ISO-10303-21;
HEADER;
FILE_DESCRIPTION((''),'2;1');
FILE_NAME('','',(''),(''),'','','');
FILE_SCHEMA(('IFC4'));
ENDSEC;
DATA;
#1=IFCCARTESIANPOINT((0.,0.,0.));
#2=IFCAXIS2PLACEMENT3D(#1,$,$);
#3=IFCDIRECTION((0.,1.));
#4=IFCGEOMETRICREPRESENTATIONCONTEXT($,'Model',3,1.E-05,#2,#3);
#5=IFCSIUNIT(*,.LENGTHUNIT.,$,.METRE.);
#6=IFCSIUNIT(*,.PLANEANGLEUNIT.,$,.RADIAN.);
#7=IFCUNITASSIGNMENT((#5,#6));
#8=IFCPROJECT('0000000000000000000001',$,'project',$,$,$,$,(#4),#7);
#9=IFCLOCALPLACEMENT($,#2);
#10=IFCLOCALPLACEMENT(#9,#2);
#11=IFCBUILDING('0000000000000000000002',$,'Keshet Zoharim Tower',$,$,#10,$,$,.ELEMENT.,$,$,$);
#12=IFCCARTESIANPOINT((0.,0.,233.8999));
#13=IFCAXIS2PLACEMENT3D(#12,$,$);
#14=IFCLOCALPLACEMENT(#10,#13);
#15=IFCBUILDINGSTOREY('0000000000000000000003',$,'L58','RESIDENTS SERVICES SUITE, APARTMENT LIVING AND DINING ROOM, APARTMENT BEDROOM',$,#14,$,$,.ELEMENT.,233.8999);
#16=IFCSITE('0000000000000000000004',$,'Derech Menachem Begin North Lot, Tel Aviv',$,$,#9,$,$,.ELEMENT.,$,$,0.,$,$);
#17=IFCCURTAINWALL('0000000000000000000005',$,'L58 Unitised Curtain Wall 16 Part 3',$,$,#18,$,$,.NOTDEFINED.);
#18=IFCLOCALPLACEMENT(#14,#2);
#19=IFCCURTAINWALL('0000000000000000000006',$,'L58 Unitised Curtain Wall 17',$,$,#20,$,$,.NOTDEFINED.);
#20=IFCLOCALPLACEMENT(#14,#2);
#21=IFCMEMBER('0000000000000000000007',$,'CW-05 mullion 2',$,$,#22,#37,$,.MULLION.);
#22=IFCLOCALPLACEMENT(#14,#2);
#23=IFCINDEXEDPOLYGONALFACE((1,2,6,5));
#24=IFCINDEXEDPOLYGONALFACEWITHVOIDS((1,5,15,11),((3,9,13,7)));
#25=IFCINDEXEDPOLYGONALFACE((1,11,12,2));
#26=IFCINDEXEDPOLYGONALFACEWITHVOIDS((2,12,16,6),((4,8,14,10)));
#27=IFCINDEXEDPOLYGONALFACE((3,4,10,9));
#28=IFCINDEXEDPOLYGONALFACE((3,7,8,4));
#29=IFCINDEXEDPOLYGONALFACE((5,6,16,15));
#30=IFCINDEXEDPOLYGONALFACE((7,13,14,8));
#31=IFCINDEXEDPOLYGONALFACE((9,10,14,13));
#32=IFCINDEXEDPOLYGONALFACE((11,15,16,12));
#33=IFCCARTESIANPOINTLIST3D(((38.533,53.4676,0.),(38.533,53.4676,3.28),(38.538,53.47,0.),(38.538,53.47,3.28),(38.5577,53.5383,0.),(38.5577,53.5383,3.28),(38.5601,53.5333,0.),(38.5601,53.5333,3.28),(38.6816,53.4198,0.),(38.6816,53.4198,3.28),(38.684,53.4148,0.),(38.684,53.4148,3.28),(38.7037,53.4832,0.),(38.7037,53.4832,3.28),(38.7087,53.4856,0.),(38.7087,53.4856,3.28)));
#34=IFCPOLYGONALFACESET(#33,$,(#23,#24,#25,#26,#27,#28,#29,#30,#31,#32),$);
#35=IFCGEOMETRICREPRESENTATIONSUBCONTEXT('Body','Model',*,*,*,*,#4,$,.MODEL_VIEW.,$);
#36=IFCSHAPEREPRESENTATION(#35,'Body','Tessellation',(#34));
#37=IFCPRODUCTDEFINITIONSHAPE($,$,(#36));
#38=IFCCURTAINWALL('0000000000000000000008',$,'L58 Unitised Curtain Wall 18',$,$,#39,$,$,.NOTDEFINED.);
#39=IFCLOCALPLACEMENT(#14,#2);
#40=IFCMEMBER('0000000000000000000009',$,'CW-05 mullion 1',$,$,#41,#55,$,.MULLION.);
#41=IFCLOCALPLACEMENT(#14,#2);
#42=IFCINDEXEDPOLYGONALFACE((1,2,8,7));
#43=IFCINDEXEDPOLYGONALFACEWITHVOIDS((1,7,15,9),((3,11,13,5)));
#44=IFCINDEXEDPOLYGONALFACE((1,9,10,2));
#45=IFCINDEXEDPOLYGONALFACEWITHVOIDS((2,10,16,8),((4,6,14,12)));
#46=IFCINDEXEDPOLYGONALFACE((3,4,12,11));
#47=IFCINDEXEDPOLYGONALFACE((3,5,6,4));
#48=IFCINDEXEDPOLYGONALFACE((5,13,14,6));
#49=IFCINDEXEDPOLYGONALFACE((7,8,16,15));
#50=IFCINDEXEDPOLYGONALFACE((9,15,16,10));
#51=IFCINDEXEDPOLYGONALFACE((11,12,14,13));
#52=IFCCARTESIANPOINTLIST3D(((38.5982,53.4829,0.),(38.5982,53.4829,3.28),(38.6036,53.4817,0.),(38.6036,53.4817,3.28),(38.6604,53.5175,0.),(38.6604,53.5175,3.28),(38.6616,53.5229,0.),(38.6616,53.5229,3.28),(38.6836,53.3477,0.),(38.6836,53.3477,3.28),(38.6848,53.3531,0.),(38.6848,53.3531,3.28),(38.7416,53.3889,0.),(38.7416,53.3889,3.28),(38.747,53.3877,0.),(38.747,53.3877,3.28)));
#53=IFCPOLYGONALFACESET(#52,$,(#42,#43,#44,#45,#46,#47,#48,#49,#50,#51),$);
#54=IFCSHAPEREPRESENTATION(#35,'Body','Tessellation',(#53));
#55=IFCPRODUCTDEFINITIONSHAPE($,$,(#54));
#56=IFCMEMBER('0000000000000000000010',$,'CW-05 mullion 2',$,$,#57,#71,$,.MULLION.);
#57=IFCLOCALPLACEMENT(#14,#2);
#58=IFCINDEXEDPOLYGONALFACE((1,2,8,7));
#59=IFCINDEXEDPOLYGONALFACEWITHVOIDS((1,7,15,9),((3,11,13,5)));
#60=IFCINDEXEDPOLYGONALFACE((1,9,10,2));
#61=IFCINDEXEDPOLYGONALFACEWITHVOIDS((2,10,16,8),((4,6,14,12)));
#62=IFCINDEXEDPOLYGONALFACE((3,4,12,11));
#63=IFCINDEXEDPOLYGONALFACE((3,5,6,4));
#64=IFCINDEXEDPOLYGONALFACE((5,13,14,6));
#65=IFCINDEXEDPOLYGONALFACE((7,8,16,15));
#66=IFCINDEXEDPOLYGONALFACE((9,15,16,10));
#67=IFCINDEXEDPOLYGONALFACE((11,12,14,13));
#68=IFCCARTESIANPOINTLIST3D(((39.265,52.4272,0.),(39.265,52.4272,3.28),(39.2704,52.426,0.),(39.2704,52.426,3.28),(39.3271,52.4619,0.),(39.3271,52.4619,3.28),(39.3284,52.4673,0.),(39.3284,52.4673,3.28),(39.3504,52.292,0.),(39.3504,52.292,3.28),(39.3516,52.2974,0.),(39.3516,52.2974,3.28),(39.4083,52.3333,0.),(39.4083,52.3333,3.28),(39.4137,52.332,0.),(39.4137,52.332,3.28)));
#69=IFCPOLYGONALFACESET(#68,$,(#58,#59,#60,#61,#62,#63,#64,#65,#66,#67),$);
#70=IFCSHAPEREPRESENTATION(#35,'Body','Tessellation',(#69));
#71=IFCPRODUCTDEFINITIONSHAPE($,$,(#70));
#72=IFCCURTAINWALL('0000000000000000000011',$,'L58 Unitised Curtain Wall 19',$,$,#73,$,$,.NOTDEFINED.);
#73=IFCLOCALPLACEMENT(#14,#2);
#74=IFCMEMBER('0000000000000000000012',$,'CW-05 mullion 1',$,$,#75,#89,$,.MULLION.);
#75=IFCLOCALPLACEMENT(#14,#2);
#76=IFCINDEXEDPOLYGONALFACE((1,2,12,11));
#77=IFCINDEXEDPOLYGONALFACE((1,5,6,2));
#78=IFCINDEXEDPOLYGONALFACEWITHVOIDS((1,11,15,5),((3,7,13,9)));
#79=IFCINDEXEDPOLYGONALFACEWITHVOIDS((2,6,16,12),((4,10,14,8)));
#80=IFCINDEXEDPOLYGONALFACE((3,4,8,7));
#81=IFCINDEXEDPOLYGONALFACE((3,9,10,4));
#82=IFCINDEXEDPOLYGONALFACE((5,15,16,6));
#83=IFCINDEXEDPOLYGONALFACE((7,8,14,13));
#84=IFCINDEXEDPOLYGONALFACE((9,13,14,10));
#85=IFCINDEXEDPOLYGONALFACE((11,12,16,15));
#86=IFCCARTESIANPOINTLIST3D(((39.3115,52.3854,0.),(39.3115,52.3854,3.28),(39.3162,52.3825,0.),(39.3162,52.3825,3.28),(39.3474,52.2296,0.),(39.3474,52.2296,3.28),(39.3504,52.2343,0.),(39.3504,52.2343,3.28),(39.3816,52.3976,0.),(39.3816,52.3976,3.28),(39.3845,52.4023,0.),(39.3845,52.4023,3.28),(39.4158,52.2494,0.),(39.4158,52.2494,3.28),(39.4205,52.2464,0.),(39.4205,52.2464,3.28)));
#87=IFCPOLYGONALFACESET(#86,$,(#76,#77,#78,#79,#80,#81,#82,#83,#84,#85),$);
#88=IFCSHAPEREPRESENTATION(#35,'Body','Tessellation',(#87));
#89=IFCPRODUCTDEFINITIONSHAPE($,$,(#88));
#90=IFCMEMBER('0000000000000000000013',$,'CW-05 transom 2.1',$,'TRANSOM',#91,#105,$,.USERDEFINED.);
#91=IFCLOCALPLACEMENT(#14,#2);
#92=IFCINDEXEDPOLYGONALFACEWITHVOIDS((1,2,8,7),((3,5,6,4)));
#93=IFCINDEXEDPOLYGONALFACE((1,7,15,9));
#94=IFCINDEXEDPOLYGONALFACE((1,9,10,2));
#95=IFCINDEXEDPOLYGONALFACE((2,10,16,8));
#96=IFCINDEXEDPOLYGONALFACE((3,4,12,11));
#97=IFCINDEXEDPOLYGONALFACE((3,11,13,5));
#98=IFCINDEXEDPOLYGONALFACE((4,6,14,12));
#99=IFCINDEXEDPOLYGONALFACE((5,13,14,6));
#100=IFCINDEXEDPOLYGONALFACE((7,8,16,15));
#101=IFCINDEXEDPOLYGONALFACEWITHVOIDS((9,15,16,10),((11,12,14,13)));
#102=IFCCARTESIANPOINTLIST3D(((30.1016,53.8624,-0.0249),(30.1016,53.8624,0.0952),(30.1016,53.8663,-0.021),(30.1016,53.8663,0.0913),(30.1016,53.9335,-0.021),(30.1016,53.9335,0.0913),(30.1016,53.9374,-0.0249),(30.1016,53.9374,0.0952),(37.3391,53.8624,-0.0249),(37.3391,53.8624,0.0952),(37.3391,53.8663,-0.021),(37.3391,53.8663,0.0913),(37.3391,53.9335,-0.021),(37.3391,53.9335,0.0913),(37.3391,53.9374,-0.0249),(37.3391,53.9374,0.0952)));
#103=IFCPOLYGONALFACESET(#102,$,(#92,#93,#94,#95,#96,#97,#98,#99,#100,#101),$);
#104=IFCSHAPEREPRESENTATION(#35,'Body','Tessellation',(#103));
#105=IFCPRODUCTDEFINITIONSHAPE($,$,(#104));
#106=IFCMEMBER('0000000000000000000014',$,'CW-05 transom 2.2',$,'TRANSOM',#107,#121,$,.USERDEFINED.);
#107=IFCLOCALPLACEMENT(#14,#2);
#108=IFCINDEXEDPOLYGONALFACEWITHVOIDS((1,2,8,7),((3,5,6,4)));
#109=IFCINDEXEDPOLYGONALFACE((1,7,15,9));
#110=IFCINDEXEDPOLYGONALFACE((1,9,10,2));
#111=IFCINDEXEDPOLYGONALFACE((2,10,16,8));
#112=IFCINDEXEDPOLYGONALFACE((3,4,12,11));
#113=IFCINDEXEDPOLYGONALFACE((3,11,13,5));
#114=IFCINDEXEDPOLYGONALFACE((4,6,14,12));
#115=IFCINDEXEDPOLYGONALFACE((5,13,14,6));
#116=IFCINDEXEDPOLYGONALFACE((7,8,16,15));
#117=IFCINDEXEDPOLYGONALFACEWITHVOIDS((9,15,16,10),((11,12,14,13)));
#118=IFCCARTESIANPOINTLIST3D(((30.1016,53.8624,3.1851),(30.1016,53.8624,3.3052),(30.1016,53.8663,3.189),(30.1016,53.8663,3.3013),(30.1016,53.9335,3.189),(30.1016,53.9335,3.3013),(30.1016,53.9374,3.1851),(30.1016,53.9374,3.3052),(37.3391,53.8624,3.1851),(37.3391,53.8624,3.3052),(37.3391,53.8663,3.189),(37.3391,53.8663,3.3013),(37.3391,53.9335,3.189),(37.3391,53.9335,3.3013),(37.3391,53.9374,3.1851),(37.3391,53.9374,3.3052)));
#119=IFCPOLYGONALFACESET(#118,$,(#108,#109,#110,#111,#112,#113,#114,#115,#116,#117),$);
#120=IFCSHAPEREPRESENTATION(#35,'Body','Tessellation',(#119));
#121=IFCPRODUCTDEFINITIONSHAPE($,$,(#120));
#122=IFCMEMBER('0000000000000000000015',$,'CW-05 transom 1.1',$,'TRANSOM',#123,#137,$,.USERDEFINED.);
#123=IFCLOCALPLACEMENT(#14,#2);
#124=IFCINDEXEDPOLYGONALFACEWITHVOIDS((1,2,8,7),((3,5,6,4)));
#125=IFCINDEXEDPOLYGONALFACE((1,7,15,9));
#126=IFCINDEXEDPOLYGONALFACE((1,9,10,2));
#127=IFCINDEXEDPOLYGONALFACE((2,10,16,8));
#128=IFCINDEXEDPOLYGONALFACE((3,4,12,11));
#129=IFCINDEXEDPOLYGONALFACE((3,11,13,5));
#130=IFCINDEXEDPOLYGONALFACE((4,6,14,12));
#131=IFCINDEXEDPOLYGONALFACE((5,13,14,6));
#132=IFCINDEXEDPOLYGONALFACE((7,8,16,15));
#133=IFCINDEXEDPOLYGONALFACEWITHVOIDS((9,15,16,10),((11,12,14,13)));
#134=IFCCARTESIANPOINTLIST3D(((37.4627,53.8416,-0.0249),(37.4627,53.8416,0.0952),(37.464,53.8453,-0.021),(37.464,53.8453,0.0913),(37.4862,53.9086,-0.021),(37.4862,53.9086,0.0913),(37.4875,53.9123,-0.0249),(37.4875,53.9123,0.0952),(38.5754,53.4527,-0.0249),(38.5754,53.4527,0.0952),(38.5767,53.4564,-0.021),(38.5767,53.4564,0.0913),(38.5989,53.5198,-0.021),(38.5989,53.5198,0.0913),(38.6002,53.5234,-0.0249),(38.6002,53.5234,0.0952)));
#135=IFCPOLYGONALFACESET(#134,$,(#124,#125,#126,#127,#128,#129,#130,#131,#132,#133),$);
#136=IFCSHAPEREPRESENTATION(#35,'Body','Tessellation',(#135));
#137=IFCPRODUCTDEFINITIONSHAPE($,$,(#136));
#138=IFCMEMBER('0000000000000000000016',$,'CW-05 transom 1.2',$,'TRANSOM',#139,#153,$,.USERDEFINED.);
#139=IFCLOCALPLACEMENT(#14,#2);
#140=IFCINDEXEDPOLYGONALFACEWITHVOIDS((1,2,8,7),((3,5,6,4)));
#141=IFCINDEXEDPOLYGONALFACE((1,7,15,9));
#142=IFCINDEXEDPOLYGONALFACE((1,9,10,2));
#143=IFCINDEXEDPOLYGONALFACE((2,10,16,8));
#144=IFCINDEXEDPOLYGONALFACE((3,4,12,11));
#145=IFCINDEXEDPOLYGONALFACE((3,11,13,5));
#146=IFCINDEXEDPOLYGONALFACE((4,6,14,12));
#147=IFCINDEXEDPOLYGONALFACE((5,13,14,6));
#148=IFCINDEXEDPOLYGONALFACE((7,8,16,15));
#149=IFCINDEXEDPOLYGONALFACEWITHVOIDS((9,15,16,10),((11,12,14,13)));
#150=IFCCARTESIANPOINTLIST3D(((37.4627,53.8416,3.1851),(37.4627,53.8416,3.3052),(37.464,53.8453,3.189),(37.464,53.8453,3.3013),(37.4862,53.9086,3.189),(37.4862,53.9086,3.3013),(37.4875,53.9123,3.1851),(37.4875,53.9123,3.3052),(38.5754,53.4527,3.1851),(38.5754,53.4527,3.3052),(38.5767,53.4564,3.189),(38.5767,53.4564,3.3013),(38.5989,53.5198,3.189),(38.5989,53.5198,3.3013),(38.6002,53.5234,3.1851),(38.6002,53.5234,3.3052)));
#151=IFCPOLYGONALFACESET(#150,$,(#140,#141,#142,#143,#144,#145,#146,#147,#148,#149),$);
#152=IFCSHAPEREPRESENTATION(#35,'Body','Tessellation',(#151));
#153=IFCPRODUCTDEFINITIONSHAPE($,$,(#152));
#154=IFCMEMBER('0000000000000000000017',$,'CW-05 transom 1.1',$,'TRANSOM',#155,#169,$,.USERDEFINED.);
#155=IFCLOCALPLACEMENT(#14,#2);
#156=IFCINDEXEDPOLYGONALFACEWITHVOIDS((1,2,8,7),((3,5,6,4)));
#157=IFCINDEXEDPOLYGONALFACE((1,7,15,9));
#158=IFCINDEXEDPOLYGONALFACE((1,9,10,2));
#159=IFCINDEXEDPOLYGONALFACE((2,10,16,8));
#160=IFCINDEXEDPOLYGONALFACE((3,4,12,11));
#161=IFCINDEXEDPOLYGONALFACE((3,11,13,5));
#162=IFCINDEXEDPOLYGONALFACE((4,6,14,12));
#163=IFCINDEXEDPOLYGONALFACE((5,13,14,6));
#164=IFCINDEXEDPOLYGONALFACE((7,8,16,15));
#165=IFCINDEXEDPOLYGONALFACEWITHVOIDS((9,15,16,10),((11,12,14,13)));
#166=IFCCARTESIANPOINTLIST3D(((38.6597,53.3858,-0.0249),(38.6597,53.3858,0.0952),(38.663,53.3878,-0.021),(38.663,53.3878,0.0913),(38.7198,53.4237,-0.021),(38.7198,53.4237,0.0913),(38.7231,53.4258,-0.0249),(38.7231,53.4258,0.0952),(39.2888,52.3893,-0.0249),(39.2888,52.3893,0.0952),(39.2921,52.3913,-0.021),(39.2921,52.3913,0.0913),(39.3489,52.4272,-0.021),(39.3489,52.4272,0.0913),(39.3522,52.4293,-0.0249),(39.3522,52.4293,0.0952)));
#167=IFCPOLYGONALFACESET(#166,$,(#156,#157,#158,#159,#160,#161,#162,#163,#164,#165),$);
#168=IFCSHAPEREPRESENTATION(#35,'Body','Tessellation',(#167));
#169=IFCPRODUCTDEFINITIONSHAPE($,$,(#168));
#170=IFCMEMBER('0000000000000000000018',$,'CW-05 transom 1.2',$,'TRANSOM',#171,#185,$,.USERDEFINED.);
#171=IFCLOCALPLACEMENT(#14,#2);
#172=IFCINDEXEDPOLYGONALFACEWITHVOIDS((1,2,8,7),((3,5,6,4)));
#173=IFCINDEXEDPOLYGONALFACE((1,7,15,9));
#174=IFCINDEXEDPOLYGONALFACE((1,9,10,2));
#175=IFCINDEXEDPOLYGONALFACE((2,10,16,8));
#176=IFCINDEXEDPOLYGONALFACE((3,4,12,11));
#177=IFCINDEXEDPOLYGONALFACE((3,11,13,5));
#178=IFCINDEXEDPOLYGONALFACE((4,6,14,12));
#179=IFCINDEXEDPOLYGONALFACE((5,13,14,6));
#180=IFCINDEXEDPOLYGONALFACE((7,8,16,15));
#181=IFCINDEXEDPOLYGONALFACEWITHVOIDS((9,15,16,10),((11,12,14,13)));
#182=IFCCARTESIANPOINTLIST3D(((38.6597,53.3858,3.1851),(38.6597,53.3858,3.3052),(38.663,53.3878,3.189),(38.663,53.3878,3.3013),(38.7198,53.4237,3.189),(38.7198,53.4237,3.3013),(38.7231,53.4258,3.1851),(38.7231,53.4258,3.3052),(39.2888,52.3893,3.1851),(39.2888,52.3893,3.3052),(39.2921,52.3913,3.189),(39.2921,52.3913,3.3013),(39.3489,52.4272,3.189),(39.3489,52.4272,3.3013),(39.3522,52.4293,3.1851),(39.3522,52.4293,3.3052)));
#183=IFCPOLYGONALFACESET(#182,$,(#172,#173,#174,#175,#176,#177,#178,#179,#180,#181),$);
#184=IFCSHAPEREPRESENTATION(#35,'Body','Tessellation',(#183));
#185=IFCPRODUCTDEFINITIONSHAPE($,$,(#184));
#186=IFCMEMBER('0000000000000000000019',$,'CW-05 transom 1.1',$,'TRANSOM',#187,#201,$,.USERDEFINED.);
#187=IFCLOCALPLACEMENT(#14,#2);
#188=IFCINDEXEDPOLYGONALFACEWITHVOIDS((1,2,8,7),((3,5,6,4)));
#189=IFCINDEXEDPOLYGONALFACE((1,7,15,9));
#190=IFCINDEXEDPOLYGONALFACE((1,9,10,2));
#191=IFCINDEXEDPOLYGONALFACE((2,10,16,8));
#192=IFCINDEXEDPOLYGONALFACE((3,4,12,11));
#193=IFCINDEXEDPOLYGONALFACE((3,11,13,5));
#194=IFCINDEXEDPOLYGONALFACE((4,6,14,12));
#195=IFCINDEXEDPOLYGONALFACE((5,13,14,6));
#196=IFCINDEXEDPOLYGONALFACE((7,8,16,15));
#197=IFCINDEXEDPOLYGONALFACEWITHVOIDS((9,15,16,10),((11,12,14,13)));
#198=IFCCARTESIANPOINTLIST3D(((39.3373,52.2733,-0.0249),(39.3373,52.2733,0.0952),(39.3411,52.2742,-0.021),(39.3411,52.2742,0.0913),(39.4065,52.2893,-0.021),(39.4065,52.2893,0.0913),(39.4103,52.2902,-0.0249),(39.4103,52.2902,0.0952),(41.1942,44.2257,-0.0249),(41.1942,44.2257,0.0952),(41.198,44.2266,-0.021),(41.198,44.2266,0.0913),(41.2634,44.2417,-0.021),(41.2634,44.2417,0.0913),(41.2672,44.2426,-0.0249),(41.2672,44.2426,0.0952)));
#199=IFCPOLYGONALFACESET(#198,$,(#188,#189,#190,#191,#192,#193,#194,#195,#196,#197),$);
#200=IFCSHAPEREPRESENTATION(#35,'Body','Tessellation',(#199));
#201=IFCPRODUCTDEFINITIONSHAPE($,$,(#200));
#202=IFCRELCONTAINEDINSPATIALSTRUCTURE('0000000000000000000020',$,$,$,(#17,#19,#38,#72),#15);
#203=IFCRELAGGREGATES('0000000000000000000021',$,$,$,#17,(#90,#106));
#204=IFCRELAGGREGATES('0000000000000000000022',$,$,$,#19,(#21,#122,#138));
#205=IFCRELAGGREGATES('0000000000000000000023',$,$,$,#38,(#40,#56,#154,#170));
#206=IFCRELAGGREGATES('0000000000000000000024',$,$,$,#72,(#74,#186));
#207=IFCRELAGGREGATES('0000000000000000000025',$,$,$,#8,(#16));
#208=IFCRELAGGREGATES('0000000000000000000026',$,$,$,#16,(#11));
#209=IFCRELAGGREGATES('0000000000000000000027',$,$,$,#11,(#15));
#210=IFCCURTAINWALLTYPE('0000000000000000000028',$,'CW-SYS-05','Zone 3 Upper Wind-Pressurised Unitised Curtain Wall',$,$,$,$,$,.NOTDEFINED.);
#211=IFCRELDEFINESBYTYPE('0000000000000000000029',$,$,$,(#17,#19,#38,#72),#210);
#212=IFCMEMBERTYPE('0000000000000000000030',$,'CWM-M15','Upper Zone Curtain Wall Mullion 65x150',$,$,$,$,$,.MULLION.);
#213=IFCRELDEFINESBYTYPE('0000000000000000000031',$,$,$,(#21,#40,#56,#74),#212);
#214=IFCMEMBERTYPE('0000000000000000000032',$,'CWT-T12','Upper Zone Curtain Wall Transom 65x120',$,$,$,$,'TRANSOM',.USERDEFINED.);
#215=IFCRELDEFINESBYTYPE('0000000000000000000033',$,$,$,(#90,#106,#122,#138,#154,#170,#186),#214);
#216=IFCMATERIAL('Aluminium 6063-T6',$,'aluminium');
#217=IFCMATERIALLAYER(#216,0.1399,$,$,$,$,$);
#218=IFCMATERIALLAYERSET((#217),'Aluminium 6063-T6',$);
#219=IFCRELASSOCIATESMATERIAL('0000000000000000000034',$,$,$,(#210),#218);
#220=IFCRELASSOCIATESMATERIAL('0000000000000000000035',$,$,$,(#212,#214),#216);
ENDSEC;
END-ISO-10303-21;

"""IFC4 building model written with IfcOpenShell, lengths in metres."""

from ifc_helpers import new_model, si_unit, direction, frame, origin, origin_2d, place, context, subcontext, project, spatial, hollow_rectangle, extrude, material, layer, layer_set, material_profile, profile_set, type_object, element, aggregate, save


model = new_model("IFC4")

# Units and contexts
model_context = context("Model", 3, precision=1e-05, world=origin(), true_north=direction((0.0, 1.0)))
body_context = subcontext(model_context, "Body", "Model", "MODEL_VIEW")
ifc_project = project(units=[si_unit("LENGTHUNIT", "METRE"), si_unit("PLANEANGLEUNIT", "RADIAN")], contexts=[model_context])

# Site, building, storey
site_placement = place(None, origin())
site = spatial("IfcSite", under=ifc_project, at=site_placement, Name="Derech Menachem Begin North Lot, Tel Aviv", CompositionType="ELEMENT", RefElevation=0.0)
building_placement = place(site_placement, origin())
building = spatial("IfcBuilding", under=site, at=building_placement, Name="Keshet Zoharim Tower", CompositionType="ELEMENT")
storey_placement = place(building_placement, frame((0.0, 0.0, 233.8999)))
storey = spatial("IfcBuildingStorey", under=building, at=storey_placement, Name="L58", Description="RESIDENTS SERVICES SUITE, APARTMENT LIVING AND DINING ROOM, APARTMENT BEDROOM", CompositionType="ELEMENT", Elevation=233.8999)

# Curtain walls, members
ifc_material_1 = material(Name="Aluminium 6063-T6", Category="aluminium")
ifc_layer_1 = layer(ifc_material_1, 0.1399)
ifc_layer_set_1 = layer_set([ifc_layer_1], Name="Aluminium 6063-T6")
curtain_wall_type = type_object("IfcCurtainWallType", Name="CW-SYS-05", Description="Zone 3 Upper Wind-Pressurised Unitised Curtain Wall", PredefinedType="NOTDEFINED", material=ifc_layer_set_1)
curtain_wall_1_placement = place(storey_placement, origin())
curtain_wall_1 = element("IfcCurtainWall", 1, at=curtain_wall_1_placement, inside=storey, type_object=curtain_wall_type, Name="L58 Unitised Curtain Wall 16 Part 3", PredefinedType="NOTDEFINED")
ifc_material_profile_1 = material_profile(ifc_material_1, hollow_rectangle(XDim=0.075, YDim=0.1599, WallThickness=0.0039, at=origin_2d()), Name="MUL-75x160")
ifc_profile_set_1 = profile_set([ifc_material_profile_1], Name="Aluminium 6063-T6")
member_type_1 = type_object("IfcMemberType", Name="CWM-M15", Description="Upper Zone Curtain Wall Mullion 65x150", PredefinedType="MULLION", material=ifc_profile_set_1)
curtain_wall_2_placement = place(storey_placement, origin())
curtain_wall_2 = element("IfcCurtainWall", 2, at=curtain_wall_2_placement, inside=storey, type_object=curtain_wall_type, Name="L58 Unitised Curtain Wall 17", PredefinedType="NOTDEFINED")
member_1_placement = place(storey_placement, frame((38.6208, 53.4766, 0.0), z_axis=(0.0, 0.0, 1.0), x_axis=(0.329844, 0.944036, 0.0)))
member_1 = element("IfcMember", 3, at=member_1_placement, type_object=member_type_1, Name="CW-05 mullion 2", PredefinedType="MULLION", context=body_context, shape_type="SweptSolid", body=[
    extrude(hollow_rectangle(XDim=0.075, YDim=0.1599, WallThickness=0.0039, at=origin_2d()), origin(), (0.0, 0.0, 1.0), 3.28),
])
curtain_wall_3_placement = place(storey_placement, origin())
curtain_wall_3 = element("IfcCurtainWall", 4, at=curtain_wall_3_placement, inside=storey, type_object=curtain_wall_type, Name="L58 Unitised Curtain Wall 18", PredefinedType="NOTDEFINED")
member_2_placement = place(storey_placement, frame((38.6726, 53.4353, 0.0), z_axis=(0.0, 0.0, 1.0), x_axis=(0.845561, 0.533879, 0.0)))
member_2 = element("IfcMember", 5, at=member_2_placement, type_object=member_type_1, Name="CW-05 mullion 1", PredefinedType="MULLION", context=body_context, shape_type="SweptSolid", body=[
    extrude(hollow_rectangle(XDim=0.075, YDim=0.1599, WallThickness=0.0039, at=origin_2d()), origin(), (0.0, 0.0, 1.0), 3.28),
])
member_3_placement = place(storey_placement, frame((39.3394, 52.3796, 0.0), z_axis=(0.0, 0.0, 1.0), x_axis=(0.845561, 0.533879, 0.0)))
member_3 = element("IfcMember", 6, at=member_3_placement, type_object=member_type_1, Name="CW-05 mullion 2", PredefinedType="MULLION", context=body_context, shape_type="SweptSolid", body=[
    extrude(hollow_rectangle(XDim=0.075, YDim=0.1599, WallThickness=0.0039, at=origin_2d()), origin(), (0.0, 0.0, 1.0), 3.28),
])

# Curtain wall, member
curtain_wall_4_placement = place(storey_placement, origin())
curtain_wall_4 = element("IfcCurtainWall", 7, at=curtain_wall_4_placement, inside=storey, type_object=curtain_wall_type, Name="L58 Unitised Curtain Wall 19", PredefinedType="NOTDEFINED")
member_4_placement = place(storey_placement, frame((39.366, 52.3159, 0.0), z_axis=(0.0, 0.0, 1.0), x_axis=(0.974394, 0.224848, 0.0)))
member_4 = element("IfcMember", 8, at=member_4_placement, type_object=member_type_1, Name="CW-05 mullion 1", PredefinedType="MULLION", context=body_context, shape_type="SweptSolid", body=[
    extrude(hollow_rectangle(XDim=0.075, YDim=0.1599, WallThickness=0.0039, at=origin_2d()), origin(), (0.0, 0.0, 1.0), 3.28),
])

# Members
ifc_material_profile_2 = material_profile(ifc_material_1, hollow_rectangle(XDim=0.075, YDim=0.1201, WallThickness=0.0039, at=origin_2d()), Name="TRN-75x120")
ifc_profile_set_2 = profile_set([ifc_material_profile_2], Name="Aluminium 6063-T6")
member_type_2 = type_object("IfcMemberType", Name="CWT-T12", Description="Upper Zone Curtain Wall Transom 65x120", ElementType="TRANSOM", PredefinedType="USERDEFINED", material=ifc_profile_set_2)
member_5_placement = place(storey_placement, frame((30.1016, 53.8999, 0.0352), z_axis=(1.0, 0.0, 0.0), x_axis=(0.0, 1.0, 0.0)))
member_5 = element("IfcMember", 9, at=member_5_placement, type_object=member_type_2, Name="CW-05 transom 2.1", ObjectType="TRANSOM", PredefinedType="USERDEFINED", context=body_context, shape_type="SweptSolid", body=[
    extrude(hollow_rectangle(XDim=0.075, YDim=0.1201, WallThickness=0.0039, at=origin_2d()), origin(), (0.0, 0.0, 1.0), 7.2375),
])
member_6_placement = place(storey_placement, frame((30.1016, 53.8999, 3.2451), z_axis=(1.0, 0.0, 0.0), x_axis=(0.0, 1.0, 0.0)))
member_6 = element("IfcMember", 10, at=member_6_placement, type_object=member_type_2, Name="CW-05 transom 2.2", ObjectType="TRANSOM", PredefinedType="USERDEFINED", context=body_context, shape_type="SweptSolid", body=[
    extrude(hollow_rectangle(XDim=0.075, YDim=0.1201, WallThickness=0.0039, at=origin_2d()), origin(), (0.0, 0.0, 1.0), 7.2375),
])
member_7_placement = place(storey_placement, frame((37.4751, 53.877, 0.0352), z_axis=(0.944007, -0.329926, 0.0), x_axis=(0.329926, 0.944007, 0.0)))
member_7 = element("IfcMember", 11, at=member_7_placement, type_object=member_type_2, Name="CW-05 transom 1.1", ObjectType="TRANSOM", PredefinedType="USERDEFINED", context=body_context, shape_type="SweptSolid", body=[
    extrude(hollow_rectangle(XDim=0.075, YDim=0.1201, WallThickness=0.0039, at=origin_2d()), origin(), (0.0, 0.0, 1.0), 1.1787),
])
member_8_placement = place(storey_placement, frame((37.4751, 53.877, 3.2451), z_axis=(0.944007, -0.329926, 0.0), x_axis=(0.329926, 0.944007, 0.0)))
member_8 = element("IfcMember", 12, at=member_8_placement, type_object=member_type_2, Name="CW-05 transom 1.2", ObjectType="TRANSOM", PredefinedType="USERDEFINED", context=body_context, shape_type="SweptSolid", body=[
    extrude(hollow_rectangle(XDim=0.075, YDim=0.1201, WallThickness=0.0039, at=origin_2d()), origin(), (0.0, 0.0, 1.0), 1.1787),
])
member_9_placement = place(storey_placement, frame((38.6914, 53.4058, 0.0352), z_axis=(0.533829, -0.845592, 0.0), x_axis=(0.845592, 0.533829, 0.0)))
member_9 = element("IfcMember", 13, at=member_9_placement, type_object=member_type_2, Name="CW-05 transom 1.1", ObjectType="TRANSOM", PredefinedType="USERDEFINED", context=body_context, shape_type="SweptSolid", body=[
    extrude(hollow_rectangle(XDim=0.075, YDim=0.1201, WallThickness=0.0039, at=origin_2d()), origin(), (0.0, 0.0, 1.0), 1.1785),
])
member_10_placement = place(storey_placement, frame((38.6914, 53.4058, 3.2451), z_axis=(0.533829, -0.845592, 0.0), x_axis=(0.845592, 0.533829, 0.0)))
member_10 = element("IfcMember", 14, at=member_10_placement, type_object=member_type_2, Name="CW-05 transom 1.2", ObjectType="TRANSOM", PredefinedType="USERDEFINED", context=body_context, shape_type="SweptSolid", body=[
    extrude(hollow_rectangle(XDim=0.075, YDim=0.1201, WallThickness=0.0039, at=origin_2d()), origin(), (0.0, 0.0, 1.0), 1.1785),
])
member_11_placement = place(storey_placement, frame((39.3738, 52.2817, 0.0352), z_axis=(0.224836, -0.974397, 0.0), x_axis=(0.974397, 0.224836, 0.0)))
member_11 = element("IfcMember", 15, at=member_11_placement, type_object=member_type_2, Name="CW-05 transom 1.1", ObjectType="TRANSOM", PredefinedType="USERDEFINED", context=body_context, shape_type="SweptSolid", body=[
    extrude(hollow_rectangle(XDim=0.075, YDim=0.1201, WallThickness=0.0039, at=origin_2d()), origin(), (0.0, 0.0, 1.0), 8.259),
])

aggregate(curtain_wall_1, [member_5, member_6])
aggregate(curtain_wall_2, [member_1, member_7, member_8])
aggregate(curtain_wall_3, [member_2, member_3, member_9, member_10])
aggregate(curtain_wall_4, [member_4, member_11])

save(model, "model.ifc")
